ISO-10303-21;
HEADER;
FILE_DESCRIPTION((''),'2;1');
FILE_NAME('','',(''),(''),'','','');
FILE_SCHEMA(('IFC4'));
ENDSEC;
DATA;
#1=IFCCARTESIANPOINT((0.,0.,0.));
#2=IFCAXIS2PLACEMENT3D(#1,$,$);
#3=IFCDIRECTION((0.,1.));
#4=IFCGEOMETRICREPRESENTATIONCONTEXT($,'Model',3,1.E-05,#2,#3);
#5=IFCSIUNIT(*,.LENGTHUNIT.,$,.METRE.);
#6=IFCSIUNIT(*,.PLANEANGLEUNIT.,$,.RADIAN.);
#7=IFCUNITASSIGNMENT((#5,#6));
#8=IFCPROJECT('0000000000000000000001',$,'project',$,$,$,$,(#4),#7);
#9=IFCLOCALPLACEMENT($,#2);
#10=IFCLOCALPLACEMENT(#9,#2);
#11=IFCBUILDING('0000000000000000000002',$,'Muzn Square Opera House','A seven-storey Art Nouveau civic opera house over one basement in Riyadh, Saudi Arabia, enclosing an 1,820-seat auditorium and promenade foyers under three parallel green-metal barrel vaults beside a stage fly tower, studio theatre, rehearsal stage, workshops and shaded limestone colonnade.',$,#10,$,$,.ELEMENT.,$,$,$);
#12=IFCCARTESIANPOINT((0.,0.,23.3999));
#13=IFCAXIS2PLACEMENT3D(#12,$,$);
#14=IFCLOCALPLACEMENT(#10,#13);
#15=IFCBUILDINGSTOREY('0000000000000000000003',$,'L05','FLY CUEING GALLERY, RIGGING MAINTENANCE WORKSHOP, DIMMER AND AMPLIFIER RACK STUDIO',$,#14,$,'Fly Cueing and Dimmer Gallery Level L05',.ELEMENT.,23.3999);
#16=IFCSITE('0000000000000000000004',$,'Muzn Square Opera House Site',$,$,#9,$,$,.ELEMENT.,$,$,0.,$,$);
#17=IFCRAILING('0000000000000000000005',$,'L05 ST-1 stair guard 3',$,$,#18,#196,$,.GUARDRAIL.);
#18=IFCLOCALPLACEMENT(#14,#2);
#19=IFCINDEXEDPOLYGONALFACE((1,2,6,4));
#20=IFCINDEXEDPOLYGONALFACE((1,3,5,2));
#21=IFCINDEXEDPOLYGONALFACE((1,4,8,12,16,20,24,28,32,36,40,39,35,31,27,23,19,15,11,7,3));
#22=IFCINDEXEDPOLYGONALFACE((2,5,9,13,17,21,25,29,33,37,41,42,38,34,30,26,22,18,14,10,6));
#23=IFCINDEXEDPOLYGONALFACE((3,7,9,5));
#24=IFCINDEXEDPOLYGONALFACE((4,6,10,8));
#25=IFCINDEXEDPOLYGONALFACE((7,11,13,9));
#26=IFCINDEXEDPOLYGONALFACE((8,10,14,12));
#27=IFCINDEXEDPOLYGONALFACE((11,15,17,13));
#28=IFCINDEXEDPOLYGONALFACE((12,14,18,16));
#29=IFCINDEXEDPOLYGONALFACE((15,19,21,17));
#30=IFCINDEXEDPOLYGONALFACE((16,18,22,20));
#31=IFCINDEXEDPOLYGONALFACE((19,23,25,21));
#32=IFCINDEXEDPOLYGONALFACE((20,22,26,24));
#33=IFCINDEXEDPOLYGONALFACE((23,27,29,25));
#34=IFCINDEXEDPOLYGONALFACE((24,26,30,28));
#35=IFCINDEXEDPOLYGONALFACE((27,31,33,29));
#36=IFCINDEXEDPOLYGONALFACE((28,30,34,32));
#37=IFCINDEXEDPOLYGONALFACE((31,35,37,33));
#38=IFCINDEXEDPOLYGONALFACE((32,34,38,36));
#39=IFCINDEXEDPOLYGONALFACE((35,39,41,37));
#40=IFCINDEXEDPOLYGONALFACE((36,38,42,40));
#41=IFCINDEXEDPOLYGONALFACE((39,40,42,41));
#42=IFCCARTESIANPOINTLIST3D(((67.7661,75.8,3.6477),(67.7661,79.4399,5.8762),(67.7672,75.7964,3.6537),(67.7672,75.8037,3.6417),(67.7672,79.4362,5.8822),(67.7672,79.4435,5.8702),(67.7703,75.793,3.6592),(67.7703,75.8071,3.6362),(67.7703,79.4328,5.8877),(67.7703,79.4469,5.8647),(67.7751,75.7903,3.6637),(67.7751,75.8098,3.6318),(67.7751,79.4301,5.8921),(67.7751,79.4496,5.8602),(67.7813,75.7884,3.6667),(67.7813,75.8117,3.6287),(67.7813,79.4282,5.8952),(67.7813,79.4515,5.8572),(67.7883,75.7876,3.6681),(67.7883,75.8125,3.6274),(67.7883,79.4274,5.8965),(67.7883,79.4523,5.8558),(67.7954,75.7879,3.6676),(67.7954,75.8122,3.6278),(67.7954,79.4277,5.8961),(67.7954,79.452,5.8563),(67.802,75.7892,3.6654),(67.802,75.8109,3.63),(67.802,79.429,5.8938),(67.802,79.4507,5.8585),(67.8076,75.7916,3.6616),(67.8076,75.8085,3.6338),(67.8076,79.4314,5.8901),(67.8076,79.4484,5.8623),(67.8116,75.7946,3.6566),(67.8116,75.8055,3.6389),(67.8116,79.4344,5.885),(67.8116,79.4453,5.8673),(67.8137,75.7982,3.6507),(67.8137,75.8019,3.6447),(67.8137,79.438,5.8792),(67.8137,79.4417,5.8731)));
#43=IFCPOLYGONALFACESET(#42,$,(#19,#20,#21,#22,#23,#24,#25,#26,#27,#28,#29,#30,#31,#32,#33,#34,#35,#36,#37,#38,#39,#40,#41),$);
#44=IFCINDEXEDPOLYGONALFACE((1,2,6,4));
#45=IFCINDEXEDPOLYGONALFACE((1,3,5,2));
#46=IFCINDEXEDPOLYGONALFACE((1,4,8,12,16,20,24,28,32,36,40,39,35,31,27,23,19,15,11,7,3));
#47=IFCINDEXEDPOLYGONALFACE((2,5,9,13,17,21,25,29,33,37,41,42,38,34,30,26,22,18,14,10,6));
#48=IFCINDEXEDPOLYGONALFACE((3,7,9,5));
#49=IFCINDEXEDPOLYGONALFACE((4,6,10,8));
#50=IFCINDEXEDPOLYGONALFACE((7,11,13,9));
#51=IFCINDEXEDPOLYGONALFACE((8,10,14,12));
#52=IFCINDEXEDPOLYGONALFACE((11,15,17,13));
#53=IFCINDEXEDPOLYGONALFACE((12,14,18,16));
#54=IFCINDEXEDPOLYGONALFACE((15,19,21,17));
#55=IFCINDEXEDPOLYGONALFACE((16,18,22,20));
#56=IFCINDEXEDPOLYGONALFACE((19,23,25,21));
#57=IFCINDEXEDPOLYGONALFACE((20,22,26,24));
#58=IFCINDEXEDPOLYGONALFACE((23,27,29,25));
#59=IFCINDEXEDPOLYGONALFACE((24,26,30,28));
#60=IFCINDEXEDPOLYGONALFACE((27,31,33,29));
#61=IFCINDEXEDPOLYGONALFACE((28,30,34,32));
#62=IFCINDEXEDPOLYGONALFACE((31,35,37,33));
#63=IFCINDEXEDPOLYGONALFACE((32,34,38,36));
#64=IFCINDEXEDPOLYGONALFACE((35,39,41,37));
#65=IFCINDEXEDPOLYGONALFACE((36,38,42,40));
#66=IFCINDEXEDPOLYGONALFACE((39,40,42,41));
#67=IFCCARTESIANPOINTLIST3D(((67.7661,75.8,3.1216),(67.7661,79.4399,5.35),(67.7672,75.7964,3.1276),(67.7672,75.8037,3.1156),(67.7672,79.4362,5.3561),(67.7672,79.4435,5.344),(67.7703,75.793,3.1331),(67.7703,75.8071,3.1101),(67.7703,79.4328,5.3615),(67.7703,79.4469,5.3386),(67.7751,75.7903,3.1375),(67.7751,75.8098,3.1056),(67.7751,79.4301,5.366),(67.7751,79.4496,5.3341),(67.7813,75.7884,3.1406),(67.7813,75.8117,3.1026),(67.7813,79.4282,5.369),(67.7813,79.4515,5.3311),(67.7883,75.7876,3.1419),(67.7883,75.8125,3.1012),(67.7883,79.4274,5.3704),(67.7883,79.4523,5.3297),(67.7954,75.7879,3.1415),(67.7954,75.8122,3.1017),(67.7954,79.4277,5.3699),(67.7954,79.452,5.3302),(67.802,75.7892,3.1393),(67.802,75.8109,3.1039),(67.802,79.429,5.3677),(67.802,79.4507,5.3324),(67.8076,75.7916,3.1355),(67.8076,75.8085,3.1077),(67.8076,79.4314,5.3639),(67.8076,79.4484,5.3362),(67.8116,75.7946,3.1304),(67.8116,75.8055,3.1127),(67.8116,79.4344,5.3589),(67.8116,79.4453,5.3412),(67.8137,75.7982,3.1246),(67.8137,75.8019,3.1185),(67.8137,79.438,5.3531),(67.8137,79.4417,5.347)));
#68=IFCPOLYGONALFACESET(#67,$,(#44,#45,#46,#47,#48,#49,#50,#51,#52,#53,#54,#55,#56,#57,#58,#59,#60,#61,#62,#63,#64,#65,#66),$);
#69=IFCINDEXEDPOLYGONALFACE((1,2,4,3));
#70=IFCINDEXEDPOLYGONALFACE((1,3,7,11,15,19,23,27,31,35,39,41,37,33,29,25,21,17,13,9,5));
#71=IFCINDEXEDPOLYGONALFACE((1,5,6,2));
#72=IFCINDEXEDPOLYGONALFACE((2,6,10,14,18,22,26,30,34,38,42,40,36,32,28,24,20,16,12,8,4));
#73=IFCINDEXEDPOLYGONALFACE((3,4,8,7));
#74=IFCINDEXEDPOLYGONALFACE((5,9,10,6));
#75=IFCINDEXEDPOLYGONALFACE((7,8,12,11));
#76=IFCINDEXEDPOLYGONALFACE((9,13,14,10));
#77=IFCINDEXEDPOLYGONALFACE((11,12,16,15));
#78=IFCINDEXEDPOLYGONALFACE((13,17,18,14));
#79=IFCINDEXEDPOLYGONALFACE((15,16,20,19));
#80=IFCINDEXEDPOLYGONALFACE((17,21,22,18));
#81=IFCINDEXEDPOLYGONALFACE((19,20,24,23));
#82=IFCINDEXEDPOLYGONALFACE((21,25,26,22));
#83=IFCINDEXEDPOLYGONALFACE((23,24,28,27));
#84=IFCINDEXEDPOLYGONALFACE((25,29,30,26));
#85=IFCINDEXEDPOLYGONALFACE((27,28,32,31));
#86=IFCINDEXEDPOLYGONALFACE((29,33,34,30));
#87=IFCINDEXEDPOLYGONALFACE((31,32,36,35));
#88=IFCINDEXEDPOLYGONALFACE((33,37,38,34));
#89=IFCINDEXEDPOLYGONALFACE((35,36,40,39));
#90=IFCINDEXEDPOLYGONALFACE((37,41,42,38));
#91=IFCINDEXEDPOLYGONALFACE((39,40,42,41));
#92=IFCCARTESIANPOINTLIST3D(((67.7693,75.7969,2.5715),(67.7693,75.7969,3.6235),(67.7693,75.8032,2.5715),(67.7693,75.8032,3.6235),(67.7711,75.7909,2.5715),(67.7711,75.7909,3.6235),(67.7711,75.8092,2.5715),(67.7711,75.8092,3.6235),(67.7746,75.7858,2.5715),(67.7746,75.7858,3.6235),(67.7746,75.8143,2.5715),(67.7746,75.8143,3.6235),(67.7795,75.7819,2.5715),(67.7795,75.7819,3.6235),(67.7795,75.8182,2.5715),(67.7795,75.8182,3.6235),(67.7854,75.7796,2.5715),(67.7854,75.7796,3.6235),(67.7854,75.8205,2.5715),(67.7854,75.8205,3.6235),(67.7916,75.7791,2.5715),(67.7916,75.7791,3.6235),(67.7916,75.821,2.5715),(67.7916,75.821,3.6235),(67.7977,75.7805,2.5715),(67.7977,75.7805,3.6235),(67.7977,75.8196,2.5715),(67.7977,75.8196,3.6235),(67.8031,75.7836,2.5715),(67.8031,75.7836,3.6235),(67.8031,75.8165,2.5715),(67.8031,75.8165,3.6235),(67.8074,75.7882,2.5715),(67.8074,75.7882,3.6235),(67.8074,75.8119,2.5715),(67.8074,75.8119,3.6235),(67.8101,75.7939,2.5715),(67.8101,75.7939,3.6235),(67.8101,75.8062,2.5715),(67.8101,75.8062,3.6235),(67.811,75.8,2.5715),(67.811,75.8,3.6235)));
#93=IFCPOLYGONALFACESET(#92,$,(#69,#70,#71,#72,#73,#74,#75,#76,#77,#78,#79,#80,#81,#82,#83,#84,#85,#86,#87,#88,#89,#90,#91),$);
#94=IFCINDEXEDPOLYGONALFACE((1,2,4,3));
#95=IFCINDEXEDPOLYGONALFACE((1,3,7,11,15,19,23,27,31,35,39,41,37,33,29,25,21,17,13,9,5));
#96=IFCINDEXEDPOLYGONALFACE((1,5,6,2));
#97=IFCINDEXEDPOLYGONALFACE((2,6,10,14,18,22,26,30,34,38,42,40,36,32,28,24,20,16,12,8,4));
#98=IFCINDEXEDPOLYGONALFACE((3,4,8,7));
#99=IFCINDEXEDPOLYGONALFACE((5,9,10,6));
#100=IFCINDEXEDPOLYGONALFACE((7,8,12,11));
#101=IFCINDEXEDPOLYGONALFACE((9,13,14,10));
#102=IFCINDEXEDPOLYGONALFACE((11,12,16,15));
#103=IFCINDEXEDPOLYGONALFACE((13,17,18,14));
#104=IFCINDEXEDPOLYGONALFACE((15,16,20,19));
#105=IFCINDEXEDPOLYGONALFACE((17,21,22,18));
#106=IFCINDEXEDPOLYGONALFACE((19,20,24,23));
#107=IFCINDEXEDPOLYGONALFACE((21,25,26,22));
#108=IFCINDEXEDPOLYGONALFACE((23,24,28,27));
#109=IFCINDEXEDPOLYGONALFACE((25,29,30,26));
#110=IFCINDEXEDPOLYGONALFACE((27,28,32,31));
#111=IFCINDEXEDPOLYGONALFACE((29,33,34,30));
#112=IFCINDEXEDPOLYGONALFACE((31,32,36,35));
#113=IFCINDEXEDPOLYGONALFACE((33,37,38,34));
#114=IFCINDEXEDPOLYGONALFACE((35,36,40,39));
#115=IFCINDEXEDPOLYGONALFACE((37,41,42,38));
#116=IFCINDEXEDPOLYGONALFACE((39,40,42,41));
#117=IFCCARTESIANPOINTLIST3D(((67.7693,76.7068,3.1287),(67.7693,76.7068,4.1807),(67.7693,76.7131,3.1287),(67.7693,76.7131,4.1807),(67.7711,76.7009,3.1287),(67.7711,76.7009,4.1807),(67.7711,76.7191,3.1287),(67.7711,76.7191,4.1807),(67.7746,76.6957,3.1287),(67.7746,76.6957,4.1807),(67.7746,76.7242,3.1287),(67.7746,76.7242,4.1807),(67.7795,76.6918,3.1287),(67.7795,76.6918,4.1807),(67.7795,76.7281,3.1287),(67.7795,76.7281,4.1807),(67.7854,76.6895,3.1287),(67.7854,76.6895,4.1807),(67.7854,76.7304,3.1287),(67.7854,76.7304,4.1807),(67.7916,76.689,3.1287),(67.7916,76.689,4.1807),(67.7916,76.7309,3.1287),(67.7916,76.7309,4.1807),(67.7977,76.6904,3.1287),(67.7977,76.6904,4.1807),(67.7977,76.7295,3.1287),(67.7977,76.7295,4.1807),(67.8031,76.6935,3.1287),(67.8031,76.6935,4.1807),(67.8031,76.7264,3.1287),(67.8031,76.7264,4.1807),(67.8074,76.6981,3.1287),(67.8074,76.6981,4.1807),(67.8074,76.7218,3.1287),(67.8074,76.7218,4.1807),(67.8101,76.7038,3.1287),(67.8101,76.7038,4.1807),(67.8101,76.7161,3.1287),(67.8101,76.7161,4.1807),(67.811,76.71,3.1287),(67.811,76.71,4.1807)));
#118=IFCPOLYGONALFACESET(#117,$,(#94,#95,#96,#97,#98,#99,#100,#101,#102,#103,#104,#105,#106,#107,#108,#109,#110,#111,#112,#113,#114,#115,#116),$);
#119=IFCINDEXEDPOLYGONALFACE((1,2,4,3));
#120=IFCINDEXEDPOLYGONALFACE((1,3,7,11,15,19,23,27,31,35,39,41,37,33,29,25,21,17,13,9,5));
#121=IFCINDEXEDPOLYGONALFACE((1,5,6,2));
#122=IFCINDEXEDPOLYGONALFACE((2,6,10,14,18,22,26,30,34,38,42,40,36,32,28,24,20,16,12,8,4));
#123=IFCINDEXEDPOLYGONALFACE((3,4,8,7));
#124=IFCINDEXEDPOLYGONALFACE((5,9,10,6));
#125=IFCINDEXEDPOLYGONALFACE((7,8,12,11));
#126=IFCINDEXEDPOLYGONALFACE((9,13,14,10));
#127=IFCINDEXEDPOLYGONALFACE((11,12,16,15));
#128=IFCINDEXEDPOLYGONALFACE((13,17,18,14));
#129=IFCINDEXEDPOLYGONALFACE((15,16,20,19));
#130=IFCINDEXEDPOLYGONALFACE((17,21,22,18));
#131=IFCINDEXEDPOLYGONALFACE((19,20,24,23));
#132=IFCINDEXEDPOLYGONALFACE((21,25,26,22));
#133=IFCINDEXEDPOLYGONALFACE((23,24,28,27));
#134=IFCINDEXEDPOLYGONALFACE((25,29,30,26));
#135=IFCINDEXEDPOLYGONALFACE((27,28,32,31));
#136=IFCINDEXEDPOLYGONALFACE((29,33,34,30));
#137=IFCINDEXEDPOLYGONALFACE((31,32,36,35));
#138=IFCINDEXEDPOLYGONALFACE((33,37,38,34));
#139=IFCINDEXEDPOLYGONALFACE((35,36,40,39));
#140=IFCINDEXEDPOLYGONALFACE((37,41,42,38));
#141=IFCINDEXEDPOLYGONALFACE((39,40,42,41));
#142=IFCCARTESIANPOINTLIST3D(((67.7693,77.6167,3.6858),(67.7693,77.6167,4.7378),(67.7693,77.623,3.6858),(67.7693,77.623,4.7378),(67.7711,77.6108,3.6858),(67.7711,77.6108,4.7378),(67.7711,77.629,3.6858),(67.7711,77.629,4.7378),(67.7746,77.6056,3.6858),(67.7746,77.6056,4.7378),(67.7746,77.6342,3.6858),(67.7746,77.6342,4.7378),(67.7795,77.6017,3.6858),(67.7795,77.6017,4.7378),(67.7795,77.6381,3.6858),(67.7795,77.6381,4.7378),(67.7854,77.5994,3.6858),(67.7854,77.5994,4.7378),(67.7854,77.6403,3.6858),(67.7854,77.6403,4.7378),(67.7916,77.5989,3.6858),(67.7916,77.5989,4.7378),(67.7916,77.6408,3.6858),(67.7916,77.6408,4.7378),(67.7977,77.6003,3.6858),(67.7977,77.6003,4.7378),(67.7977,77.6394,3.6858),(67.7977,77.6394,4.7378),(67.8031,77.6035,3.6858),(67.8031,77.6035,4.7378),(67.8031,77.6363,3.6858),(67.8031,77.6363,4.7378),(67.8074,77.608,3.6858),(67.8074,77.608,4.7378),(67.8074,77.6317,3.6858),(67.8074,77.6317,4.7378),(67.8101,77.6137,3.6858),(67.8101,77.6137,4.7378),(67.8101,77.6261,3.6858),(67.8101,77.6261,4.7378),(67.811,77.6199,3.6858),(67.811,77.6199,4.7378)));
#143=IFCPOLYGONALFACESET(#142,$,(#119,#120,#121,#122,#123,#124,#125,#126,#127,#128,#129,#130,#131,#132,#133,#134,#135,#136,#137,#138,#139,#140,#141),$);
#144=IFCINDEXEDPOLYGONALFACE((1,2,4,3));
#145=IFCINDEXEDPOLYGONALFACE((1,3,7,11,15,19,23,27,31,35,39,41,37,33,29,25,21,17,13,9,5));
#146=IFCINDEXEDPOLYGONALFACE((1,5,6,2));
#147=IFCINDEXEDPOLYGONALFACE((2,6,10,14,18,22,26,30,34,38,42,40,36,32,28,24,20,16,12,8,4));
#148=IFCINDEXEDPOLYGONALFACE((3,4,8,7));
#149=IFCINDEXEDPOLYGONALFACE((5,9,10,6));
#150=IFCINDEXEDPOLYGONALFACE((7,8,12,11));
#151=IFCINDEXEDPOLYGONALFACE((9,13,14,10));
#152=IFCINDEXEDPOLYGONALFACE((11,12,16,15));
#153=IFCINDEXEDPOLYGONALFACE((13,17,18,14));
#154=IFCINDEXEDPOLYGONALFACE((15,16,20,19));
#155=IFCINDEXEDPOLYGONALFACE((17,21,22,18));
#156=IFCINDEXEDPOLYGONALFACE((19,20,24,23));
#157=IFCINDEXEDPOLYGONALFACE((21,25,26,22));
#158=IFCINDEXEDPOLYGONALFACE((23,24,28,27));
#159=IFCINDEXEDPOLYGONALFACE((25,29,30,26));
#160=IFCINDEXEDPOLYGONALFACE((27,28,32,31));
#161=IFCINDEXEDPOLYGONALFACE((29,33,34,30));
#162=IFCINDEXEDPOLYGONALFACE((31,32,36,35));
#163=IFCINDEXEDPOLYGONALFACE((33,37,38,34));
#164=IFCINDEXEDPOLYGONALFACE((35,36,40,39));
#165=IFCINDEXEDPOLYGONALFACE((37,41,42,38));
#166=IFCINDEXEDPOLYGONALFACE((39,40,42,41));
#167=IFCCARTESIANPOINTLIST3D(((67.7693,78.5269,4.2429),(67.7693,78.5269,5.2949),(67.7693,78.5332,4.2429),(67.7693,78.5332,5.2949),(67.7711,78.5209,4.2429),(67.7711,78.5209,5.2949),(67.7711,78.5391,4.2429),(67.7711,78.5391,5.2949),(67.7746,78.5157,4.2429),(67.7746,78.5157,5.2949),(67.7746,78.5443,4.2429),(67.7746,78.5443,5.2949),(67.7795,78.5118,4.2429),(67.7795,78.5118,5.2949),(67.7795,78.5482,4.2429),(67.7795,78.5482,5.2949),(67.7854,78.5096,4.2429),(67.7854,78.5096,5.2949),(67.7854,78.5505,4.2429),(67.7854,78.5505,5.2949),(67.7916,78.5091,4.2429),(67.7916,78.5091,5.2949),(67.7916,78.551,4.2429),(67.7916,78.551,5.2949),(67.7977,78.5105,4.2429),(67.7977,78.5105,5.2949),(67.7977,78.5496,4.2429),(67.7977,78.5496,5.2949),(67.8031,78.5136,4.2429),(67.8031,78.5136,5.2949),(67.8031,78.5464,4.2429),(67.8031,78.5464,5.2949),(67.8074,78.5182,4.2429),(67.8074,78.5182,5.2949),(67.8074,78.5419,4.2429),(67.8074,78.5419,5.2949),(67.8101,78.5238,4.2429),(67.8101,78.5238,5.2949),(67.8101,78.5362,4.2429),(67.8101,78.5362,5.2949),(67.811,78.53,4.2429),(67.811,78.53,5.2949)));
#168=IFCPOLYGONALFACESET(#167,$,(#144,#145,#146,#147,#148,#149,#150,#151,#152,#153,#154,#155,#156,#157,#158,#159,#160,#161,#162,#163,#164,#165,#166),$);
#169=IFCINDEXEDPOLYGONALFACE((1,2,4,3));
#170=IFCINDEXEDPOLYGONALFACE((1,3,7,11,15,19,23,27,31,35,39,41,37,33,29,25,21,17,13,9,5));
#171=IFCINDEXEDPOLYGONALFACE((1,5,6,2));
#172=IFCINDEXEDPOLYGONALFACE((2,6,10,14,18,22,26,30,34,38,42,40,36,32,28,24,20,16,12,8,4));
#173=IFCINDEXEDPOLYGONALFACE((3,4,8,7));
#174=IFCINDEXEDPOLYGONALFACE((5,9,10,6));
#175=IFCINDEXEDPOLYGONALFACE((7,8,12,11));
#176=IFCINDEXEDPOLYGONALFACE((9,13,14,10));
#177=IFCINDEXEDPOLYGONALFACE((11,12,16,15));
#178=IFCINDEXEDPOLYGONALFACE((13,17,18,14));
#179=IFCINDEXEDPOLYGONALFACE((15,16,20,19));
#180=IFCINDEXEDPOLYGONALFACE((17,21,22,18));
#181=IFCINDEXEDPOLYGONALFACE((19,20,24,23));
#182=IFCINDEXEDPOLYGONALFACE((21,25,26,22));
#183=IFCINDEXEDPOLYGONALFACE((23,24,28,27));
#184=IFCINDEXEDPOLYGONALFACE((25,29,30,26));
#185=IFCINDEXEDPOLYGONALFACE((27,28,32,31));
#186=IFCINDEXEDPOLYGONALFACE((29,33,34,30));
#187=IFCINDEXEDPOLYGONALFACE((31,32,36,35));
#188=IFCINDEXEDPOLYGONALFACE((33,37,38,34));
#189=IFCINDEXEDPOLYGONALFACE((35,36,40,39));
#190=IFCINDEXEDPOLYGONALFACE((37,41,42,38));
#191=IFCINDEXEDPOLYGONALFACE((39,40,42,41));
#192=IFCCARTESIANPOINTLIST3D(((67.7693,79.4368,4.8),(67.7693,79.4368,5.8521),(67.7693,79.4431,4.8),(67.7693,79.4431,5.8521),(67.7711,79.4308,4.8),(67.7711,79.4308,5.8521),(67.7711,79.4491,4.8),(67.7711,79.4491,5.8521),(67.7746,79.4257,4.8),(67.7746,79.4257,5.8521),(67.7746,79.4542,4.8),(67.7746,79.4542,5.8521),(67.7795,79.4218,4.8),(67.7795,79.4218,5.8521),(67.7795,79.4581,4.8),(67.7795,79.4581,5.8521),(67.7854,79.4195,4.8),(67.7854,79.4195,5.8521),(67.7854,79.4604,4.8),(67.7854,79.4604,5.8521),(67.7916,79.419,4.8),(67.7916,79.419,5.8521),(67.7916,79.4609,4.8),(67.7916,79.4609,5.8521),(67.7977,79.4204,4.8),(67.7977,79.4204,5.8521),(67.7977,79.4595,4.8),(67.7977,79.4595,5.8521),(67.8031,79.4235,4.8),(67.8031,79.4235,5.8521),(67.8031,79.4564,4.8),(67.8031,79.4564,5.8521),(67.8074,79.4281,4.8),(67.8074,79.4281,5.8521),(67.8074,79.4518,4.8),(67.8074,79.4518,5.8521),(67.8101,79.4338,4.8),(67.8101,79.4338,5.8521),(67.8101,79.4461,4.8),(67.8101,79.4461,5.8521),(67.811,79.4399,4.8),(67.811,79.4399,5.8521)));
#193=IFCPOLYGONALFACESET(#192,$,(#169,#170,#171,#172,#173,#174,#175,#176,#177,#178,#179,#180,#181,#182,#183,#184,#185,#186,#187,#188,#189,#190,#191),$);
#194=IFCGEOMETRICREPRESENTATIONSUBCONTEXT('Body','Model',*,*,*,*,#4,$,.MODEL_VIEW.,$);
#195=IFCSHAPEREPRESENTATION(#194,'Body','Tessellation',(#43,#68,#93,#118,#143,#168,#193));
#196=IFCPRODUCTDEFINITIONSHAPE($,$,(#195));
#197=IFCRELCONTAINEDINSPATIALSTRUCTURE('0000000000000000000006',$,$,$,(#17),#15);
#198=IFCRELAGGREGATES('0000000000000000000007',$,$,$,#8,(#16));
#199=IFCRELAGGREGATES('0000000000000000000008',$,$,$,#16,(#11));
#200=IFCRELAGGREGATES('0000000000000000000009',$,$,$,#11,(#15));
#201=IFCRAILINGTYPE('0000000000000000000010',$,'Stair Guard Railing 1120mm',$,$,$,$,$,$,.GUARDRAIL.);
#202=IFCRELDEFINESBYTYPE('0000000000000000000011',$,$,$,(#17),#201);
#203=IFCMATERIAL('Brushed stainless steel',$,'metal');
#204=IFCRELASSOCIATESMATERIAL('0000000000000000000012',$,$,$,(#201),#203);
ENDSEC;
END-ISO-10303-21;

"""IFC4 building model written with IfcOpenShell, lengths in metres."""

from ifc_helpers import new_model, si_unit, direction, frame, origin, origin_2d, place, context, subcontext, project, spatial, circle, extrude, material, type_object, element, save


model = new_model("IFC4")

# Units and contexts
model_context = context("Model", 3, precision=1e-05, world=origin(), true_north=direction((0.0, 1.0)))
body_context = subcontext(model_context, "Body", "Model", "MODEL_VIEW")
ifc_project = project(units=[si_unit("LENGTHUNIT", "METRE"), si_unit("PLANEANGLEUNIT", "RADIAN")], contexts=[model_context])

# Site, building, storey
site_placement = place(None, origin())
site = spatial("IfcSite", under=ifc_project, at=site_placement, Name="Muzn Square Opera House Site", CompositionType="ELEMENT", RefElevation=0.0)
building_placement = place(site_placement, origin())
building = spatial("IfcBuilding", under=site, at=building_placement, Name="Muzn Square Opera House", Description="A seven-storey Art Nouveau civic opera house over one basement in Riyadh, Saudi Arabia, enclosing an 1,820-seat auditorium and promenade foyers under three parallel green-metal barrel vaults beside a stage fly tower, studio theatre, rehearsal stage, workshops and shaded limestone colonnade.", CompositionType="ELEMENT")
storey_placement = place(building_placement, frame((0.0, 0.0, 23.3999)))
storey = spatial("IfcBuildingStorey", under=building, at=storey_placement, Name="L05", Description="FLY CUEING GALLERY, RIGGING MAINTENANCE WORKSHOP, DIMMER AND AMPLIFIER RACK STUDIO", LongName="Fly Cueing and Dimmer Gallery Level L05", CompositionType="ELEMENT", Elevation=23.3999)

# Railing
ifc_material_1 = material(Name="Brushed stainless steel", Category="metal")
railing_type_1 = type_object("IfcRailingType", Name="Stair Guard Railing 1120mm", PredefinedType="GUARDRAIL", material=ifc_material_1)
railing_1_placement = place(storey_placement, frame((67.79, 75.8, 2.5715)))
element("IfcRailing", 1, at=railing_1_placement, inside=storey, type_object=railing_type_1, Name="L05 ST-1 stair guard 3", PredefinedType="GUARDRAIL", context=body_context, shape_type="SweptSolid", body=[
    extrude(circle(Radius=0.0239, at=origin_2d()), frame((0.0, 0.0, 1.0762), z_axis=(0.0, 0.85285, 0.522156), x_axis=(-1.0, 0.0, 0.0)), (0.0, 0.0, 1.0), 4.2678),
    extrude(circle(Radius=0.0239, at=origin_2d()), frame((0.0, 0.0, 0.55), z_axis=(0.0, 0.85285, 0.522156), x_axis=(-1.0, 0.0, 0.0)), (0.0, 0.0, 1.0), 4.2678),
    extrude(circle(Radius=0.021, at=origin_2d()), origin(), (0.0, 0.0, 1.0), 1.052),
    extrude(circle(Radius=0.021, at=origin_2d()), frame((0.0, 0.9099, 0.5571)), (0.0, 0.0, 1.0), 1.052),
    extrude(circle(Radius=0.021, at=origin_2d()), frame((0.0, 1.8198, 1.1143)), (0.0, 0.0, 1.0), 1.052),
    extrude(circle(Radius=0.021, at=origin_2d()), frame((0.0, 2.73, 1.6714)), (0.0, 0.0, 1.0), 1.052),
    extrude(circle(Radius=0.021, at=origin_2d()), frame((0.0, 3.6399, 2.2285)), (0.0, 0.0, 1.0), 1.052),
])

save(model, "model.ifc")
